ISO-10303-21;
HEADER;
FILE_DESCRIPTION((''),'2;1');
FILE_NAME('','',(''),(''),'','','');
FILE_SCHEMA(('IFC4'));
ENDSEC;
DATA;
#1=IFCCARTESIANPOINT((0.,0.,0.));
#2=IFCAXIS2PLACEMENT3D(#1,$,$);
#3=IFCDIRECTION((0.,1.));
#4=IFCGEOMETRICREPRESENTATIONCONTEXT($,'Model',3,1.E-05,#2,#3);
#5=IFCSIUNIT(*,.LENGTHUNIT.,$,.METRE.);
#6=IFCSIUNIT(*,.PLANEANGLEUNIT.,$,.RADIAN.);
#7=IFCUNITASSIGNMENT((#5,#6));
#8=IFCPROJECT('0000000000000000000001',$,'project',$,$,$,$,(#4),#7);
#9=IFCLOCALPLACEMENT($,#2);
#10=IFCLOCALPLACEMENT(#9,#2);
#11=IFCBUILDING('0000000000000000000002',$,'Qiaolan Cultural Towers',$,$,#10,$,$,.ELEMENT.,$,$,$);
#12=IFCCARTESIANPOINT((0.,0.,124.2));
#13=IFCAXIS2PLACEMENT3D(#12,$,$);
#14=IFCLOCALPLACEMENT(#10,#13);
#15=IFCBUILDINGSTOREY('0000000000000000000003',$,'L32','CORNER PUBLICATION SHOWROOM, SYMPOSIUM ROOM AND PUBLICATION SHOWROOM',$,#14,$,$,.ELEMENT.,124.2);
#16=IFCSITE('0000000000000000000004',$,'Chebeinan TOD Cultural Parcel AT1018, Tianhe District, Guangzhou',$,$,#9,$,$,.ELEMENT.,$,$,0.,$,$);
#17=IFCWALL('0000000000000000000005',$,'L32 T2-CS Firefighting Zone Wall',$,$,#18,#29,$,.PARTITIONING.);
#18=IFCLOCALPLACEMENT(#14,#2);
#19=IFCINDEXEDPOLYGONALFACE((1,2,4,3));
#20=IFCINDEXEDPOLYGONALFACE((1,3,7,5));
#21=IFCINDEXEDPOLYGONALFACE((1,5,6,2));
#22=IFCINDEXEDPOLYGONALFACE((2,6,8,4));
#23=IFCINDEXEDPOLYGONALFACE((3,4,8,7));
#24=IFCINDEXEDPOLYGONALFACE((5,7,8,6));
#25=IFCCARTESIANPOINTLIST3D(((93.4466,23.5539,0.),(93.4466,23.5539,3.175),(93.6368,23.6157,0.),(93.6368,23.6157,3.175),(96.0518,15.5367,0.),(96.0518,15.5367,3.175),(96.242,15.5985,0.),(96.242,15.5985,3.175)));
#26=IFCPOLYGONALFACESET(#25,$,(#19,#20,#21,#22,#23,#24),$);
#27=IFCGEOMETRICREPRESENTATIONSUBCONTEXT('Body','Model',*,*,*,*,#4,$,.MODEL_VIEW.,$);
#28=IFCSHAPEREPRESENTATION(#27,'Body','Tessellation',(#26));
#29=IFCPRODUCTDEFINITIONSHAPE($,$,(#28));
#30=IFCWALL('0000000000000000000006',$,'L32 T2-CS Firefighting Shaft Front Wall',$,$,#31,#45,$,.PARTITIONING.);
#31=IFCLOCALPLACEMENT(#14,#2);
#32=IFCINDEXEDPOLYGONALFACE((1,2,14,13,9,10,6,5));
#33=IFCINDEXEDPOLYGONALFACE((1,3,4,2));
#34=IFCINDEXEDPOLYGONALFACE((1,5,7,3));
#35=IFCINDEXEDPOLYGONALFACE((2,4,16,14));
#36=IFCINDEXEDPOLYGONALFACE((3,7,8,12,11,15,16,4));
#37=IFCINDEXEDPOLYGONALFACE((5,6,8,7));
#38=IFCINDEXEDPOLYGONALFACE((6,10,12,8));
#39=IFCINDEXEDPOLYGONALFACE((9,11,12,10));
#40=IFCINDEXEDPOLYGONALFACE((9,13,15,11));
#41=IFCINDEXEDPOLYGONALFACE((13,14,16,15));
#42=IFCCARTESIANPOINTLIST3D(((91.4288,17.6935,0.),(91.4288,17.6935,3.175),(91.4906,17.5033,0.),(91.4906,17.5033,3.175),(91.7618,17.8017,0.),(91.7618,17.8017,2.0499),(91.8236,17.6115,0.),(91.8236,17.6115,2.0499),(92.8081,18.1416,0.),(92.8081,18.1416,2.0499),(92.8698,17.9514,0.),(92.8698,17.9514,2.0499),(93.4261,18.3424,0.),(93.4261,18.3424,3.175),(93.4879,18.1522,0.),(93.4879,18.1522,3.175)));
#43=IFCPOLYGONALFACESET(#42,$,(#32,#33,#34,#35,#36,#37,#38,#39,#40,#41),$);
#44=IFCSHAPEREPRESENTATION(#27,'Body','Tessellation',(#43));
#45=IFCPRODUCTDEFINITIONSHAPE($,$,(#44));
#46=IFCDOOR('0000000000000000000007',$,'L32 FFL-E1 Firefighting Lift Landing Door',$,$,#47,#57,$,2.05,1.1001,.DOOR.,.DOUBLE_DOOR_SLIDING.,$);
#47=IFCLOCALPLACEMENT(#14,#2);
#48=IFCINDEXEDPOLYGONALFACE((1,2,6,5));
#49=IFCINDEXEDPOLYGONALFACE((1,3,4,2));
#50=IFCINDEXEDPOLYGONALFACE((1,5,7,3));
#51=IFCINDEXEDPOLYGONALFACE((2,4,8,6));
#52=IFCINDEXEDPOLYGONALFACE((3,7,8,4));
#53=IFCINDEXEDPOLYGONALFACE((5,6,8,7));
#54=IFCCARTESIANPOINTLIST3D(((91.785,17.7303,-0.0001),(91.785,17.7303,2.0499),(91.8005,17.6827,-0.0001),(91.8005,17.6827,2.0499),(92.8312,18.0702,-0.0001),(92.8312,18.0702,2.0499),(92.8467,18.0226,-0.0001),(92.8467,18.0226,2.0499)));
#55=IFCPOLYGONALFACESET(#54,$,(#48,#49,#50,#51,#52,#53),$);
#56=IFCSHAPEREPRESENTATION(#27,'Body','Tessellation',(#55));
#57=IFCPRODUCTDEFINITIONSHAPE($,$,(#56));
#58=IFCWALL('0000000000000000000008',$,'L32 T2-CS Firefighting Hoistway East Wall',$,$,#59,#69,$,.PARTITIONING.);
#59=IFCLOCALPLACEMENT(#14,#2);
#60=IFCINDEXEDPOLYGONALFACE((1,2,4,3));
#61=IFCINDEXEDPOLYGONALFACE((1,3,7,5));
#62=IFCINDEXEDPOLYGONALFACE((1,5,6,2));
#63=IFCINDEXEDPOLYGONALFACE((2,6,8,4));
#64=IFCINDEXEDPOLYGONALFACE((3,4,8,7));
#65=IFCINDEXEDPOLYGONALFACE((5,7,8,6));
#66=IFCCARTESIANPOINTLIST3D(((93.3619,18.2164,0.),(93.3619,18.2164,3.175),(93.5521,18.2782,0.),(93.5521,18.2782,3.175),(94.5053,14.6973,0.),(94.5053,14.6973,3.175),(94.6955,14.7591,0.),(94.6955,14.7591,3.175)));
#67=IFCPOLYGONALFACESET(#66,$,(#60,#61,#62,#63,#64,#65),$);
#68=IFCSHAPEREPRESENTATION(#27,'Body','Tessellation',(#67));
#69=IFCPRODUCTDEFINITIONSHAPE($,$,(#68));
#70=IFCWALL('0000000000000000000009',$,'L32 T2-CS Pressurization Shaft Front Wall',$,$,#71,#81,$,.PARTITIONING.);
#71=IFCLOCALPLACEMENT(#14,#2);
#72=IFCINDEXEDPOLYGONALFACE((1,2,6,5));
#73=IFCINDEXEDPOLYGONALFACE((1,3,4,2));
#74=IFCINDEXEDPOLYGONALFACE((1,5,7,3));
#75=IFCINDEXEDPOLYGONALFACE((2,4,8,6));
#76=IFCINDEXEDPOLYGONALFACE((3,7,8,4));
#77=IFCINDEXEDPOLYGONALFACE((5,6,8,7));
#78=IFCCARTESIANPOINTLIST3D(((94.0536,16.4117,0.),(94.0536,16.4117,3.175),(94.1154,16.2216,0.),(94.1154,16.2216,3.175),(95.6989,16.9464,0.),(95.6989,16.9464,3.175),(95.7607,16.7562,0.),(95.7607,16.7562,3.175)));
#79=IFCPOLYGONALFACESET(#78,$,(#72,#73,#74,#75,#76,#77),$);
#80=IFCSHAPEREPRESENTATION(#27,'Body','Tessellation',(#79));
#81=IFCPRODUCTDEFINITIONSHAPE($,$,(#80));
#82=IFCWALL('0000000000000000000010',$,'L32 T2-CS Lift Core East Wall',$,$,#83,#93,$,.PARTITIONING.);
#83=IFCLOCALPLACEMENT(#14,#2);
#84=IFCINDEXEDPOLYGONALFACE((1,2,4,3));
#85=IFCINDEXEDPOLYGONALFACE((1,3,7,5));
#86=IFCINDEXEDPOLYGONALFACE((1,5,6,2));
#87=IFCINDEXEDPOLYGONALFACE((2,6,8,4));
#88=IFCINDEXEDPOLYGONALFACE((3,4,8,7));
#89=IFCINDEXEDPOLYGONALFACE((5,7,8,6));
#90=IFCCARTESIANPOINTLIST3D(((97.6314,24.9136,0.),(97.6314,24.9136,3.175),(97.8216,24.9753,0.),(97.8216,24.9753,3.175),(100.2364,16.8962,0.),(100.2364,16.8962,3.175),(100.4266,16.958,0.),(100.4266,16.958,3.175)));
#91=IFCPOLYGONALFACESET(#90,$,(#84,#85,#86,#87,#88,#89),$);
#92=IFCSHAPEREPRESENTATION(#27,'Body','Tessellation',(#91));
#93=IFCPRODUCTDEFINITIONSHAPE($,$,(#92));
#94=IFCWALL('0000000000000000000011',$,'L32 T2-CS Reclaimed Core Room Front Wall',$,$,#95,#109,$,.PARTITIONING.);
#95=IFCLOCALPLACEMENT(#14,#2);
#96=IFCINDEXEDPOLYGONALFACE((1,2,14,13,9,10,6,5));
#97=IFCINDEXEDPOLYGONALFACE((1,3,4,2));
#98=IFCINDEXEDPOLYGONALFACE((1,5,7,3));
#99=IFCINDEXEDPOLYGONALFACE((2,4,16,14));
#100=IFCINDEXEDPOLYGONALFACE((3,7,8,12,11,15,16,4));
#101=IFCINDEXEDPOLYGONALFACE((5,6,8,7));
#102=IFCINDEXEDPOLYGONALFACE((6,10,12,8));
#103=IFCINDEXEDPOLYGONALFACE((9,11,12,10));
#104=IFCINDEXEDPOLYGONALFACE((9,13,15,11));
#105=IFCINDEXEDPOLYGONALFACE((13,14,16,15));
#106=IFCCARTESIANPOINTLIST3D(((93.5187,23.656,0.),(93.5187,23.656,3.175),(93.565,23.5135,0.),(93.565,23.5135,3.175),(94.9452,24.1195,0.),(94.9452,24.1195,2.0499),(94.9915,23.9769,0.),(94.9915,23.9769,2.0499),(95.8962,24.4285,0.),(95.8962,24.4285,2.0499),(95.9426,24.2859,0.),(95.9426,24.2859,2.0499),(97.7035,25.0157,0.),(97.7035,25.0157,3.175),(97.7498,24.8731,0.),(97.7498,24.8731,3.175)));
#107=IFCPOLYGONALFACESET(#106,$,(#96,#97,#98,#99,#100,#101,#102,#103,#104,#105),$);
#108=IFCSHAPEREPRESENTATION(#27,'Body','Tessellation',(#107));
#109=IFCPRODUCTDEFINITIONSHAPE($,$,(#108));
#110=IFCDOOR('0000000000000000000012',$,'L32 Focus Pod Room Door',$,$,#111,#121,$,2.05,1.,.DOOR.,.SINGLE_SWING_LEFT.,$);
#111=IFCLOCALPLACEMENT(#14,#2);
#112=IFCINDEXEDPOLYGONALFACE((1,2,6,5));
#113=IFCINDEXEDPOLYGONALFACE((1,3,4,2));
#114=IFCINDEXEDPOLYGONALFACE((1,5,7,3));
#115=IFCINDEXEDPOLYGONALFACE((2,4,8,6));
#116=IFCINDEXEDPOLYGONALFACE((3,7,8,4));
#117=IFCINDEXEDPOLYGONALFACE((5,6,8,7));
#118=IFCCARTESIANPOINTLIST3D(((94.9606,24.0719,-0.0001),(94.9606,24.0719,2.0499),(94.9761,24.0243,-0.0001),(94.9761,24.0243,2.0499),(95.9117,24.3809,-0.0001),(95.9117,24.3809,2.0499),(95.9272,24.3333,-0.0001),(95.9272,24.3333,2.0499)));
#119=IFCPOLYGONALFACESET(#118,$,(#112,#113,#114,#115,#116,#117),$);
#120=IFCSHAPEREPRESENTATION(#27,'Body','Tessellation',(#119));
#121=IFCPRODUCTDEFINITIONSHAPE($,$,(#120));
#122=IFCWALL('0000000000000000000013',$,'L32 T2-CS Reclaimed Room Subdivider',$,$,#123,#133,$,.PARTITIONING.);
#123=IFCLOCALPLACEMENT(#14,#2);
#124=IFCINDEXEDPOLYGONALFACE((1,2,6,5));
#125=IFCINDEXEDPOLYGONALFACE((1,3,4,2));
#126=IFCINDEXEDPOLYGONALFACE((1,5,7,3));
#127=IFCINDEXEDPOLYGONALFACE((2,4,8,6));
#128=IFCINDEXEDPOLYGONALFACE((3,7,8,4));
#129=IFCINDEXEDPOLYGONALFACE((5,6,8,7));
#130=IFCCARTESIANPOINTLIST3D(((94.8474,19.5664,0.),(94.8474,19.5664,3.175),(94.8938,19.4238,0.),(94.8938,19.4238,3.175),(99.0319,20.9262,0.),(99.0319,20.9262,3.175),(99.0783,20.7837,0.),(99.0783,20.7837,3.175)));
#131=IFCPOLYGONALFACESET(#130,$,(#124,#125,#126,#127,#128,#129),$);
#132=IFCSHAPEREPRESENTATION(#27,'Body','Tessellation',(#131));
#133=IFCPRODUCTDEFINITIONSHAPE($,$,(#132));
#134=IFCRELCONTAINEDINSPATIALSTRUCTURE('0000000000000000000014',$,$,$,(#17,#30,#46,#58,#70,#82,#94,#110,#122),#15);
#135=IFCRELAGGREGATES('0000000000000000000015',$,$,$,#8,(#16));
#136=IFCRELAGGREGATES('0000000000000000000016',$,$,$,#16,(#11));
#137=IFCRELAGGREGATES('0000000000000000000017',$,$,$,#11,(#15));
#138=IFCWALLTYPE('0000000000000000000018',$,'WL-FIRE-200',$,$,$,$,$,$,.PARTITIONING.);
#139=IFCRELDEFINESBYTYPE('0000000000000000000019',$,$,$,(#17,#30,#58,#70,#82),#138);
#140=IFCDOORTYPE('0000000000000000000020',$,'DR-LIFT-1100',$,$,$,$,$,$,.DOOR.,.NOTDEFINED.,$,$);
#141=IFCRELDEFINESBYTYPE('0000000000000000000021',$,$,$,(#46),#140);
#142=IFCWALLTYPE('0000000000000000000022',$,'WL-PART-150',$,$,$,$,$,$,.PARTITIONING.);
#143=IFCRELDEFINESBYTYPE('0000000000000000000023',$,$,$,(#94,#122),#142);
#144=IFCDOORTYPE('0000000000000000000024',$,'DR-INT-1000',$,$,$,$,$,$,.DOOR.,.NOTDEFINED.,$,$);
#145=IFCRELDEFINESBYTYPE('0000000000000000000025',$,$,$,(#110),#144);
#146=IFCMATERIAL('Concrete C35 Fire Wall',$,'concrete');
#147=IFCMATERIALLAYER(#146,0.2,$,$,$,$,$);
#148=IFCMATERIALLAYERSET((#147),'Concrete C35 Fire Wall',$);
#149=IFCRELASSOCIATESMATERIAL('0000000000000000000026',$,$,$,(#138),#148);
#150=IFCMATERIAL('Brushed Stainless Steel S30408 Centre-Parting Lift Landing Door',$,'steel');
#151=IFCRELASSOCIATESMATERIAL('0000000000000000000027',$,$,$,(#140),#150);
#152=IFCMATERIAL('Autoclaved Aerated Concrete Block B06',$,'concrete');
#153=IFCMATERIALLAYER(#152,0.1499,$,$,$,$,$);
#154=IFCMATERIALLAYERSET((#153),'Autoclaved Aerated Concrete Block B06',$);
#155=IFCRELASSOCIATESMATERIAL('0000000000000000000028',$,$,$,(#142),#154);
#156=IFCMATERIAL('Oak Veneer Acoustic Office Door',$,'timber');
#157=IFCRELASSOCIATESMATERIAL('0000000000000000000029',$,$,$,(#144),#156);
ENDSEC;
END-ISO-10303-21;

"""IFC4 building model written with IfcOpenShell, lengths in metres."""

from ifc_helpers import new_model, si_unit, direction, frame, frame_2d, origin, place, context, subcontext, project, spatial, rectangle, extrude, material, layer, layer_set, type_object, element, fill, save


model = new_model("IFC4")

# Units and contexts
model_context = context("Model", 3, precision=1e-05, world=origin(), true_north=direction((0.0, 1.0)))
body_context = subcontext(model_context, "Body", "Model", "MODEL_VIEW")
ifc_project = project(units=[si_unit("LENGTHUNIT", "METRE"), si_unit("PLANEANGLEUNIT", "RADIAN")], contexts=[model_context])

# Site, building, storey
site_placement = place(None, origin())
site = spatial("IfcSite", under=ifc_project, at=site_placement, Name="Chebeinan TOD Cultural Parcel AT1018, Tianhe District, Guangzhou", CompositionType="ELEMENT", RefElevation=0.0)
building_placement = place(site_placement, origin())
building = spatial("IfcBuilding", under=site, at=building_placement, Name="Qiaolan Cultural Towers", CompositionType="ELEMENT")
storey_placement = place(building_placement, frame((0.0, 0.0, 124.2)))
storey = spatial("IfcBuildingStorey", under=building, at=storey_placement, Name="L32", Description="CORNER PUBLICATION SHOWROOM, SYMPOSIUM ROOM AND PUBLICATION SHOWROOM", CompositionType="ELEMENT", Elevation=124.2)

# Wall
ifc_material_1 = material(Name="Concrete C35 Fire Wall", Category="concrete")
ifc_layer_1 = layer(ifc_material_1, 0.2)
ifc_layer_set_1 = layer_set([ifc_layer_1], Name="Concrete C35 Fire Wall")
wall_type_1 = type_object("IfcWallType", Name="WL-FIRE-200", PredefinedType="PARTITIONING", material=ifc_layer_set_1)
wall_1_placement = place(storey_placement, frame((93.5417, 23.5847, 0.0), z_axis=(0.0, 0.0, 1.0), x_axis=(0.309042, -0.951048, 0.0)))
element("IfcWall", 1, at=wall_1_placement, inside=storey, type_object=wall_type_1, Name="L32 T2-CS Firefighting Zone Wall", PredefinedType="PARTITIONING", context=body_context, shape_type="SweptSolid", body=[
    extrude(rectangle(XDim=8.4299, YDim=0.2, at=frame_2d((4.2148, 0.0))), origin(), (0.0, 0.0, 1.0), 3.175),
])

# Wall, opening, door
wall_2_placement = place(storey_placement, frame((91.4597, 17.5984, 0.0), z_axis=(0.0, 0.0, 1.0), x_axis=(0.951062, 0.308999, 0.0)))
wall_2 = element("IfcWall", 2, at=wall_2_placement, inside=storey, type_object=wall_type_1, Name="L32 T2-CS Firefighting Shaft Front Wall", PredefinedType="PARTITIONING", context=body_context, shape_type="SweptSolid", body=[
    extrude(rectangle(XDim=2.1001, YDim=0.2, at=frame_2d((1.05, 0.0))), origin(), (0.0, 0.0, 1.0), 3.175),
])
opening_1_placement = place(wall_2_placement, frame((0.3501, 0.0, 0.0)))
opening_1 = element("IfcOpeningElement", 3, at=opening_1_placement, cuts=wall_2, PredefinedType="OPENING", context=body_context, shape_type="SweptSolid", body=[
    extrude(rectangle(XDim=1.1001, YDim=2.05, at=frame_2d((0.55, 1.0249))), frame((0.0, 0.1099, 0.0), z_axis=(0.0, -1.0, 0.0), x_axis=(1.0, 0.0, 0.0)), (0.0, 0.0, 1.0), 0.22),
])
ifc_material_2 = material(Name="Brushed Stainless Steel S30408 Centre-Parting Lift Landing Door", Category="steel")
door_type_1 = type_object("IfcDoorType", Name="DR-LIFT-1100", OperationType="NOTDEFINED", PredefinedType="DOOR", material=ifc_material_2)
door_1_placement = place(opening_1_placement, origin())
door_1 = element("IfcDoor", 4, at=door_1_placement, inside=storey, type_object=door_type_1, Name="L32 FFL-E1 Firefighting Lift Landing Door", OperationType="DOUBLE_DOOR_SLIDING", OverallHeight=2.05, OverallWidth=1.1001, PredefinedType="DOOR", context=body_context, shape_type="SweptSolid", body=[
    extrude(rectangle(XDim=1.1001, YDim=2.05, at=frame_2d((0.55, 1.0249))), frame((0.0, 0.0249, 0.0), z_axis=(0.0, -1.0, 0.0), x_axis=(1.0, 0.0, 0.0)), (0.0, 0.0, 1.0), 0.05),
])
fill(opening_1, door_1)

# Walls
wall_3_placement = place(storey_placement, frame((93.457, 18.2473, 0.0), z_axis=(0.0, 0.0, 1.0), x_axis=(0.308994, -0.951064, 0.0)))
element("IfcWall", 5, at=wall_3_placement, inside=storey, type_object=wall_type_1, Name="L32 T2-CS Firefighting Hoistway East Wall", PredefinedType="PARTITIONING", context=body_context, shape_type="SweptSolid", body=[
    extrude(rectangle(XDim=3.7002, YDim=0.2, at=frame_2d((1.8501, 0.0))), origin(), (0.0, 0.0, 1.0), 3.175),
])
wall_4_placement = place(storey_placement, frame((94.0845, 16.3167, 0.0), z_axis=(0.0, 0.0, 1.0), x_axis=(0.951041, 0.309064, 0.0)))
element("IfcWall", 6, at=wall_4_placement, inside=storey, type_object=wall_type_1, Name="L32 T2-CS Pressurization Shaft Front Wall", PredefinedType="PARTITIONING", context=body_context, shape_type="SweptSolid", body=[
    extrude(rectangle(XDim=1.73, YDim=0.2, at=frame_2d((0.865, 0.0))), origin(), (0.0, 0.0, 1.0), 3.175),
])
wall_5_placement = place(storey_placement, frame((97.7266, 24.9443, 0.0), z_axis=(0.0, 0.0, 1.0), x_axis=(0.309016, -0.951057, 0.0)))
element("IfcWall", 7, at=wall_5_placement, inside=storey, type_object=wall_type_1, Name="L32 T2-CS Lift Core East Wall", PredefinedType="PARTITIONING", context=body_context, shape_type="SweptSolid", body=[
    extrude(rectangle(XDim=8.4299, YDim=0.2, at=frame_2d((4.2148, 0.0))), origin(), (0.0, 0.0, 1.0), 3.175),
])

# Wall, opening, door
ifc_material_3 = material(Name="Autoclaved Aerated Concrete Block B06", Category="concrete")
ifc_layer_2 = layer(ifc_material_3, 0.1499)
ifc_layer_set_2 = layer_set([ifc_layer_2], Name="Autoclaved Aerated Concrete Block B06")
wall_type_2 = type_object("IfcWallType", Name="WL-PART-150", PredefinedType="PARTITIONING", material=ifc_layer_set_2)
wall_6_placement = place(storey_placement, frame((93.5417, 23.5847, 0.0), z_axis=(0.0, 0.0, 1.0), x_axis=(0.951064, 0.308994, 0.0)))
wall_6 = element("IfcWall", 8, at=wall_6_placement, inside=storey, type_object=wall_type_2, Name="L32 T2-CS Reclaimed Core Room Front Wall", PredefinedType="PARTITIONING", context=body_context, shape_type="SweptSolid", body=[
    extrude(rectangle(XDim=4.4001, YDim=0.1499, at=frame_2d((2.2002, 0.0))), origin(), (0.0, 0.0, 1.0), 3.175),
])
opening_2_placement = place(wall_6_placement, frame((1.5, 0.0, 0.0)))
opening_2 = element("IfcOpeningElement", 9, at=opening_2_placement, cuts=wall_6, PredefinedType="OPENING", context=body_context, shape_type="SweptSolid", body=[
    extrude(rectangle(XDim=1.0, YDim=2.05, at=frame_2d((0.5, 1.0249))), frame((0.0, 0.085, 0.0), z_axis=(0.0, -1.0, 0.0), x_axis=(1.0, 0.0, 0.0)), (0.0, 0.0, 1.0), 0.1699),
])
ifc_material_4 = material(Name="Oak Veneer Acoustic Office Door", Category="timber")
door_type_2 = type_object("IfcDoorType", Name="DR-INT-1000", OperationType="NOTDEFINED", PredefinedType="DOOR", material=ifc_material_4)
door_2_placement = place(opening_2_placement, origin())
door_2 = element("IfcDoor", 10, at=door_2_placement, inside=storey, type_object=door_type_2, Name="L32 Focus Pod Room Door", OperationType="SINGLE_SWING_LEFT", OverallHeight=2.05, OverallWidth=1.0, PredefinedType="DOOR", context=body_context, shape_type="SweptSolid", body=[
    extrude(rectangle(XDim=1.0, YDim=2.05, at=frame_2d((0.5, 1.0249))), frame((0.0, 0.0249, 0.0), z_axis=(0.0, -1.0, 0.0), x_axis=(1.0, 0.0, 0.0)), (0.0, 0.0, 1.0), 0.05),
])
fill(opening_2, door_2)

# Wall
wall_7_placement = place(storey_placement, frame((94.8706, 19.4951, 0.0), z_axis=(0.0, 0.0, 1.0), x_axis=(0.951042, 0.309061, 0.0)))
element("IfcWall", 11, at=wall_7_placement, inside=storey, type_object=wall_type_2, Name="L32 T2-CS Reclaimed Room Subdivider", PredefinedType="PARTITIONING", context=body_context, shape_type="SweptSolid", body=[
    extrude(rectangle(XDim=4.3999, YDim=0.1499, at=frame_2d((2.2, 0.0))), origin(), (0.0, 0.0, 1.0), 3.175),
])

save(model, "model.ifc")
